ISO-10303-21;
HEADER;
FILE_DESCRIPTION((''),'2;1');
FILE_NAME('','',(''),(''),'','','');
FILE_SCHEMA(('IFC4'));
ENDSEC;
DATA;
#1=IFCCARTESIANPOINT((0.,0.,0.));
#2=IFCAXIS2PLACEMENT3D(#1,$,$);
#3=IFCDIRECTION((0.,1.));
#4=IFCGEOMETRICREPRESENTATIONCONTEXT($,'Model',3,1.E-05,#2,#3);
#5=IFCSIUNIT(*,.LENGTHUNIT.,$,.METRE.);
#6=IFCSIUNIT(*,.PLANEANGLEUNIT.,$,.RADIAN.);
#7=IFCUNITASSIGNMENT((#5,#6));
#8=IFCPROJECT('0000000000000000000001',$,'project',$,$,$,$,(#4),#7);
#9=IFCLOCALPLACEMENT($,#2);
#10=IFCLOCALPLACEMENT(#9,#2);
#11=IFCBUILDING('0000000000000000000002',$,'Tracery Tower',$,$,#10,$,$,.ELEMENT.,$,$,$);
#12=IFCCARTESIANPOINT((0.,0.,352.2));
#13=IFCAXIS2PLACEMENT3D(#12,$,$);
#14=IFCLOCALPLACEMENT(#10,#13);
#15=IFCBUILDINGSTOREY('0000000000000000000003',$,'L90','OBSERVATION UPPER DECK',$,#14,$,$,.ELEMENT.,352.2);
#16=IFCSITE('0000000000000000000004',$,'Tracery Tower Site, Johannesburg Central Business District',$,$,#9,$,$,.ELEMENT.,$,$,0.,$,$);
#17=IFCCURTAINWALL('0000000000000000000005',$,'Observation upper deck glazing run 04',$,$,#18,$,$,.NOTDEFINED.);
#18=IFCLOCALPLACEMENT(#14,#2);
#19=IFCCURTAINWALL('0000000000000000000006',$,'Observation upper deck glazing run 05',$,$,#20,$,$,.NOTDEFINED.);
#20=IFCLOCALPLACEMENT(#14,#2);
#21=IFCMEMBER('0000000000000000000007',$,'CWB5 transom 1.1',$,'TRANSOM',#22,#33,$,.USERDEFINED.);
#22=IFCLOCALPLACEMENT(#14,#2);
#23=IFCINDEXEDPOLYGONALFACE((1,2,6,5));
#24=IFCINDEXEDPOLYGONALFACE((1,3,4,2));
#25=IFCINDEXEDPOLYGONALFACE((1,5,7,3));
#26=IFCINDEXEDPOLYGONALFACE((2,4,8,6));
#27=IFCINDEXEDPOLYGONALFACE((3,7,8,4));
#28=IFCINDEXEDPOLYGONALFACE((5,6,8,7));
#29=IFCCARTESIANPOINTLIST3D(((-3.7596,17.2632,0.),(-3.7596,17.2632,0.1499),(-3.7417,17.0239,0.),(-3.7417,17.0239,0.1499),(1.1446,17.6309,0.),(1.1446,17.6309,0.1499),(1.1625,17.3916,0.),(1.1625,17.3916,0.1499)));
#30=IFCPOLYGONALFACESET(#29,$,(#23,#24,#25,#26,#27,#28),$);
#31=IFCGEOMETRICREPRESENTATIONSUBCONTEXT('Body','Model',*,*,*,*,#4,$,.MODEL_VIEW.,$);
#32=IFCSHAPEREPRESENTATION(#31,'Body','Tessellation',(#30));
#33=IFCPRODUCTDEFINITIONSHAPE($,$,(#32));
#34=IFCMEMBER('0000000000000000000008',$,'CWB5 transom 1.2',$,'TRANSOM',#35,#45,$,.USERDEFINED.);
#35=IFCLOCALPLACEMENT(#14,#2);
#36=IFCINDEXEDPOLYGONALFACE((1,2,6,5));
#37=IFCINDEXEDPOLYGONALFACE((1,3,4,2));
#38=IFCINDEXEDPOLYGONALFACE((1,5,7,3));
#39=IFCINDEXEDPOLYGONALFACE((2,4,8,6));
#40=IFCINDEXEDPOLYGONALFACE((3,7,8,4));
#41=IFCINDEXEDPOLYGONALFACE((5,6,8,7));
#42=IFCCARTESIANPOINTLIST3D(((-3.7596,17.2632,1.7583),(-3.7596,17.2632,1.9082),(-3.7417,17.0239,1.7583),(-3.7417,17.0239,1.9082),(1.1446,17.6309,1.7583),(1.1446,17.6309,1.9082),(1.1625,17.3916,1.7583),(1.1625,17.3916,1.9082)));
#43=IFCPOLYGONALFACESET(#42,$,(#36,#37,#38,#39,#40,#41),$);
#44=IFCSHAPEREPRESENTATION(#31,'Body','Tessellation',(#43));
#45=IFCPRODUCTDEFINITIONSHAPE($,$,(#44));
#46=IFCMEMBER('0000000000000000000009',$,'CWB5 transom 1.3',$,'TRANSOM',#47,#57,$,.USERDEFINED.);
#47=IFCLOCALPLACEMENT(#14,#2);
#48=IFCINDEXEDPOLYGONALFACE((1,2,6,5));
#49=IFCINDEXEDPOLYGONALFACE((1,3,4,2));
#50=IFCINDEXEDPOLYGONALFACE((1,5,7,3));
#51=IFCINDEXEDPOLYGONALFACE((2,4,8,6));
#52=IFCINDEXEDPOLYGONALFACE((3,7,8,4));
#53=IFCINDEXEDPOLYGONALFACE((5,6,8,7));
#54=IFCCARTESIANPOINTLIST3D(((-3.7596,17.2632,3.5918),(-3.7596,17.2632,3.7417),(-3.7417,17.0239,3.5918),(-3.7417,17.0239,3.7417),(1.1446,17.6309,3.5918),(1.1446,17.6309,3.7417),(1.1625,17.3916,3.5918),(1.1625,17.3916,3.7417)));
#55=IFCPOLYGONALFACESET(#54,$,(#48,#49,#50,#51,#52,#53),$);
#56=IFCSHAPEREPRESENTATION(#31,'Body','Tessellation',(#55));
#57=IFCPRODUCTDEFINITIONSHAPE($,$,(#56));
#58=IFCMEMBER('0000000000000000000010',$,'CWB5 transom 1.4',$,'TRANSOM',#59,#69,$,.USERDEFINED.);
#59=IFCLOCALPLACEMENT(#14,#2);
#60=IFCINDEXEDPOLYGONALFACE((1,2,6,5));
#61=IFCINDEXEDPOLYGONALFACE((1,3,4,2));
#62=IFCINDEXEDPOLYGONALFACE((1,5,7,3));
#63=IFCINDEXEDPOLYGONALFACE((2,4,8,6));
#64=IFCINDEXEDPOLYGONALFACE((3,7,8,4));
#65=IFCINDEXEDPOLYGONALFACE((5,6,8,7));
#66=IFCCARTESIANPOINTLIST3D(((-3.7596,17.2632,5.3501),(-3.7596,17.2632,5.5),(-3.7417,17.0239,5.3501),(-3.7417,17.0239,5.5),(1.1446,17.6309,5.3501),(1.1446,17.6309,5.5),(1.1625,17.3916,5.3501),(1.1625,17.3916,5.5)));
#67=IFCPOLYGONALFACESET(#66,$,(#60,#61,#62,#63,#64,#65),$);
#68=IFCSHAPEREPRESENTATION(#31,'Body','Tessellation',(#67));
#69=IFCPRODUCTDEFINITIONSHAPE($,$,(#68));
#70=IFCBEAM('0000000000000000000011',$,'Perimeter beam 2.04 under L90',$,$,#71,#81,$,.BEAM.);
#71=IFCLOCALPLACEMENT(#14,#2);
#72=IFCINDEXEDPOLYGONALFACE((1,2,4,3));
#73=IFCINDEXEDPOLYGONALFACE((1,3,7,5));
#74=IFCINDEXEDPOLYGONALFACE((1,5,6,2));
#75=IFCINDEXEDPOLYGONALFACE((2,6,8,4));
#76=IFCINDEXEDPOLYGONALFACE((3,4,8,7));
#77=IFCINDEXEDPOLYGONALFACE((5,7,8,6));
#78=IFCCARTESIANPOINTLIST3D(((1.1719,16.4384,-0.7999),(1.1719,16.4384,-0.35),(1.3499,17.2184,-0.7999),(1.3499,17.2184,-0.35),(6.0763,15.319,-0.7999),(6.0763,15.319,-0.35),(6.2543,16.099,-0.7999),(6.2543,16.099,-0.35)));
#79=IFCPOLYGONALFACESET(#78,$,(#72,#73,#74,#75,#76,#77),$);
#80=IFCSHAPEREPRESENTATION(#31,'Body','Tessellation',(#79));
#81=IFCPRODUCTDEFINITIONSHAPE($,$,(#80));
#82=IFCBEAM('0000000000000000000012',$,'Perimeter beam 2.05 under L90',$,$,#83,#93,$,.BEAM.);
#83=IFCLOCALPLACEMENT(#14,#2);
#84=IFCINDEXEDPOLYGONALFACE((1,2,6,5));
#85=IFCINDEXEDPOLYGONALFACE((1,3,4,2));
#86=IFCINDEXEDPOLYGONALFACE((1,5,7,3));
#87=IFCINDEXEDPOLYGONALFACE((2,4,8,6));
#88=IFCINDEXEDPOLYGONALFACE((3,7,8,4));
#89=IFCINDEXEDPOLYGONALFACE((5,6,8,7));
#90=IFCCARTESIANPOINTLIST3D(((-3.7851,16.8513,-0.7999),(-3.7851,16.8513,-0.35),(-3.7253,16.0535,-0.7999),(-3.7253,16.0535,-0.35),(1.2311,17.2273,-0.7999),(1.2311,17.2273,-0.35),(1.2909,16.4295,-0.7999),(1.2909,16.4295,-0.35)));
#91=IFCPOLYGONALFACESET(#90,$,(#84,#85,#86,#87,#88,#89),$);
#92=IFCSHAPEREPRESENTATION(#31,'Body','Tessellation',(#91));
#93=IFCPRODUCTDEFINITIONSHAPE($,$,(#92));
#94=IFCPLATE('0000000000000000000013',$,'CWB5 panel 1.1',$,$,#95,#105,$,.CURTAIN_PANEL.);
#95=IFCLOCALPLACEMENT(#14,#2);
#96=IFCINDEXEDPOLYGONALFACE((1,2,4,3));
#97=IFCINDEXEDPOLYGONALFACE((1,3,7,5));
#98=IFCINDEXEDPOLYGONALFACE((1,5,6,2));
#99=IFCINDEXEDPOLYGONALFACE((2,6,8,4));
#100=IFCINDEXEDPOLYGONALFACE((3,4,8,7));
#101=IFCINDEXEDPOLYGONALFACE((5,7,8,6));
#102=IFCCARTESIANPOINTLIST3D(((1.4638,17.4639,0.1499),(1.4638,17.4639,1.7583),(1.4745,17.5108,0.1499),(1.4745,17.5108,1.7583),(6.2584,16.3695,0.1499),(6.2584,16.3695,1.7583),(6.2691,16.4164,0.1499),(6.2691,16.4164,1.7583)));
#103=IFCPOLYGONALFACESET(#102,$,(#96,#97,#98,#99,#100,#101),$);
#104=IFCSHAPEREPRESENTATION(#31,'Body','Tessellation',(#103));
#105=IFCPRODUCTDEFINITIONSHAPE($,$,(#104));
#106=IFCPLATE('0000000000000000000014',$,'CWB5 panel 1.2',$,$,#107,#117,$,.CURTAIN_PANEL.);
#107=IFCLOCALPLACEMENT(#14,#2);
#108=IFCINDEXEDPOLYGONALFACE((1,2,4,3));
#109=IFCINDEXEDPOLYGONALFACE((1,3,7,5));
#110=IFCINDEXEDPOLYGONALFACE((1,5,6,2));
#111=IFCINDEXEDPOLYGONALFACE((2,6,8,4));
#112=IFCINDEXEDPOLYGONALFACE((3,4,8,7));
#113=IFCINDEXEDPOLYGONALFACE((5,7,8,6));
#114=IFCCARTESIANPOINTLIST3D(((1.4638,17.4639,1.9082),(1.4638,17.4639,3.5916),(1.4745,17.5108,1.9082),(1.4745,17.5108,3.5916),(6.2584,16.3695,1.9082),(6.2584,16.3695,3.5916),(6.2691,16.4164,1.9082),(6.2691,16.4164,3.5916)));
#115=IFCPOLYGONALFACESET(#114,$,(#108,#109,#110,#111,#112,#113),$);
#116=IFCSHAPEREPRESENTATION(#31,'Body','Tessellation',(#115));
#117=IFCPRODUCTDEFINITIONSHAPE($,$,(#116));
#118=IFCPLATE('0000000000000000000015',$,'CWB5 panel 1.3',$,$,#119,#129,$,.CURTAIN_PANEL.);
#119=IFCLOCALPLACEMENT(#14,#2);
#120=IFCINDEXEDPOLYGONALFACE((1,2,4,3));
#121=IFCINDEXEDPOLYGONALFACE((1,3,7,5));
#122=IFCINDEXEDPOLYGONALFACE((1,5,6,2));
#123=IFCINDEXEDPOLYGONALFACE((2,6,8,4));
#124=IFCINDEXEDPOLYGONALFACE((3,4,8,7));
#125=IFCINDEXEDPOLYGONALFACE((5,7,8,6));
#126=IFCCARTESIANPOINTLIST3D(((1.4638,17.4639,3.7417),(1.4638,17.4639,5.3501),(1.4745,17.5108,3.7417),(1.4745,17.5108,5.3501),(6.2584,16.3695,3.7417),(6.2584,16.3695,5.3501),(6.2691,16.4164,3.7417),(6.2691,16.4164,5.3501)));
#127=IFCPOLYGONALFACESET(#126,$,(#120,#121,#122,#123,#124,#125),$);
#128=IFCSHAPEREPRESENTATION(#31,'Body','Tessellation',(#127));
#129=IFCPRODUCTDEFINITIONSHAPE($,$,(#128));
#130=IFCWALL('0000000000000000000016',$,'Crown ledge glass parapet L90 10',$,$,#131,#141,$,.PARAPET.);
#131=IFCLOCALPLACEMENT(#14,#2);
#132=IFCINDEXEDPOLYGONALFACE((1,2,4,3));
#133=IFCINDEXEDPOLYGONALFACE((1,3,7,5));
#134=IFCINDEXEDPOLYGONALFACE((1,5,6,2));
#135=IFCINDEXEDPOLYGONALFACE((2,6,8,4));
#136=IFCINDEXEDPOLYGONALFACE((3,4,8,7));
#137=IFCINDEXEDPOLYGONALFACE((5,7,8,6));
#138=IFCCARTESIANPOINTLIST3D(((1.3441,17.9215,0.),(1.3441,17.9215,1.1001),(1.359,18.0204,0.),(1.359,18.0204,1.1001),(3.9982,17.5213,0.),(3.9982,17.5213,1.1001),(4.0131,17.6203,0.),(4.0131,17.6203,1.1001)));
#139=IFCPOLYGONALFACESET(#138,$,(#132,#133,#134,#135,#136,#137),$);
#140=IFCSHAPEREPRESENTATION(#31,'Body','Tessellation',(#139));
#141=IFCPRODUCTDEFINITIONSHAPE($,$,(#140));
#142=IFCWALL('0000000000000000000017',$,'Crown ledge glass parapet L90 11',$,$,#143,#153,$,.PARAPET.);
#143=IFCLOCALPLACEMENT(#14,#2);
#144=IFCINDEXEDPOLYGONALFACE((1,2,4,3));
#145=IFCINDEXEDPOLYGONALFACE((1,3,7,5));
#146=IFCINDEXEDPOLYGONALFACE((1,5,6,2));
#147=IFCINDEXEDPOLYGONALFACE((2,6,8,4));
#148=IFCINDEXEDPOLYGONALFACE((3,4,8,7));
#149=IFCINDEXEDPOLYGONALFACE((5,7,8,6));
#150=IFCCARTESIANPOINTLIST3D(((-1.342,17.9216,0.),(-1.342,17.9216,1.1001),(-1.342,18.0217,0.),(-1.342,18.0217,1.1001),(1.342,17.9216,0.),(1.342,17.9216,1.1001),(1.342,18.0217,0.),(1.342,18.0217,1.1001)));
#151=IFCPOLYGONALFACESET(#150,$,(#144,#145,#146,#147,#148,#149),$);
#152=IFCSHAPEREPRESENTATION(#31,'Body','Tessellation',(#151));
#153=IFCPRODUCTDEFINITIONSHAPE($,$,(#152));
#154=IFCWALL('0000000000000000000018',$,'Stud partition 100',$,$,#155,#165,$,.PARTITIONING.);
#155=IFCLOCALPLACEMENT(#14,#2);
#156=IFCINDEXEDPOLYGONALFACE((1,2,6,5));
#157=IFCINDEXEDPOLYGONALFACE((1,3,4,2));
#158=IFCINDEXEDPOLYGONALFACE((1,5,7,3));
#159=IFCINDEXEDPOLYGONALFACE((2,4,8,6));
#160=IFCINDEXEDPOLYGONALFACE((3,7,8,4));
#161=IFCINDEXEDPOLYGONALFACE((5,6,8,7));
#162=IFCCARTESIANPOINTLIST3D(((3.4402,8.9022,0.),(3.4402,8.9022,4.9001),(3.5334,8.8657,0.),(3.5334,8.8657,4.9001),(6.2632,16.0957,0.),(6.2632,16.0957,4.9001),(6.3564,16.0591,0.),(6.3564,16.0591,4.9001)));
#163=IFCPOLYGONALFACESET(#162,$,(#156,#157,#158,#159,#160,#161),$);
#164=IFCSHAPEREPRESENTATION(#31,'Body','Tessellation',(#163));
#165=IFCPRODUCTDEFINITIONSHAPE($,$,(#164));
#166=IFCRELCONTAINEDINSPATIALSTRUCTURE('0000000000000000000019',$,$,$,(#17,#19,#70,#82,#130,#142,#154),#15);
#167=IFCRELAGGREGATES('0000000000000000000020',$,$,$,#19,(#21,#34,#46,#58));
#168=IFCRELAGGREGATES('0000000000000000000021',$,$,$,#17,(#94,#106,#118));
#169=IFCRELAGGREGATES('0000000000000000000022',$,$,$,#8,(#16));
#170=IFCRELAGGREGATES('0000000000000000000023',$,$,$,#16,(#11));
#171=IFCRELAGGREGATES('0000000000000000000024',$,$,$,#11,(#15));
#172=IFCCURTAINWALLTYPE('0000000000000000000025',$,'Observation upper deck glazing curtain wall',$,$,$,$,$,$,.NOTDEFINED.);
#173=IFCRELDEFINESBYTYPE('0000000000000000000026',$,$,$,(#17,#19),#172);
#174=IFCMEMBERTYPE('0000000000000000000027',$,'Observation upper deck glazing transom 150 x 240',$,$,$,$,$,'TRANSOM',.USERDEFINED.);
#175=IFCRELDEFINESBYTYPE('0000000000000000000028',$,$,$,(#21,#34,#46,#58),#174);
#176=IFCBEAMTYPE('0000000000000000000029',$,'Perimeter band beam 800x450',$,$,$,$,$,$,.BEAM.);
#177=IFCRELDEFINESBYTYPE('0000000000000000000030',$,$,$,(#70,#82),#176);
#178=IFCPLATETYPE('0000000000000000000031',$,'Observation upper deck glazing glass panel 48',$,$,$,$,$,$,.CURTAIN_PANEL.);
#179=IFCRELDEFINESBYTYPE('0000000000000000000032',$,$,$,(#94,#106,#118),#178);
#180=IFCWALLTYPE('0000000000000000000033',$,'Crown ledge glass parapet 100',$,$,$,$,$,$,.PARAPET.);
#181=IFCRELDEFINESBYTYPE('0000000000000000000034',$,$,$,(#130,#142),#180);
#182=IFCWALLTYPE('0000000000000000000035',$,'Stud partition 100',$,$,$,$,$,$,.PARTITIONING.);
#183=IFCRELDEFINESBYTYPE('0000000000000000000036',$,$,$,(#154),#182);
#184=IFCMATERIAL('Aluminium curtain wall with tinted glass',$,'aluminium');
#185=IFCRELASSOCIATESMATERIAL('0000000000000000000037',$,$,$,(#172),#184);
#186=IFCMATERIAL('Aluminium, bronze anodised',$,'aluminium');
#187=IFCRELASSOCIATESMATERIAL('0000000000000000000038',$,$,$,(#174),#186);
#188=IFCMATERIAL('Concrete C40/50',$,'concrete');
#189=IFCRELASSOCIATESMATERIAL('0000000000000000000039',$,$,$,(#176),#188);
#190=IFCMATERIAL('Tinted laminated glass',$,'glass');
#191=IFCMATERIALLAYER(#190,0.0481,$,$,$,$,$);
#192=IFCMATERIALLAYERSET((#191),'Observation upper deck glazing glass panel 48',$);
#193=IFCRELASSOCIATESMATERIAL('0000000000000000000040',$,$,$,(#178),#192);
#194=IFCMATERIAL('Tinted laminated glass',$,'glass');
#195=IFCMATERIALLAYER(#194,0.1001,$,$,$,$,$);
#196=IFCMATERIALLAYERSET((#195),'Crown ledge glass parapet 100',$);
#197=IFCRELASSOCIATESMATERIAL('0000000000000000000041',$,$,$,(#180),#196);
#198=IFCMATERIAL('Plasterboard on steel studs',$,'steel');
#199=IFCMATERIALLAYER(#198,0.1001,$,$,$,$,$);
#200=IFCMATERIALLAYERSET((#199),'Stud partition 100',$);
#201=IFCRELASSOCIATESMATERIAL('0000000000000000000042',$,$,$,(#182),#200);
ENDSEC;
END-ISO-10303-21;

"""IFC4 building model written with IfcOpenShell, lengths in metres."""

from ifc_helpers import new_model, si_unit, direction, frame, frame_2d, origin, origin_2d, place, context, subcontext, project, spatial, rectangle, extrude, material, layer, layer_set, material_profile, profile_set, type_object, element, aggregate, save


model = new_model("IFC4")

# Units and contexts
model_context = context("Model", 3, precision=1e-05, world=origin(), true_north=direction((0.0, 1.0)))
body_context = subcontext(model_context, "Body", "Model", "MODEL_VIEW")
ifc_project = project(units=[si_unit("LENGTHUNIT", "METRE"), si_unit("PLANEANGLEUNIT", "RADIAN")], contexts=[model_context])

# Site, building, storey
site_placement = place(None, origin())
site = spatial("IfcSite", under=ifc_project, at=site_placement, Name="Tracery Tower Site, Johannesburg Central Business District", CompositionType="ELEMENT", RefElevation=0.0)
building_placement = place(site_placement, origin())
building = spatial("IfcBuilding", under=site, at=building_placement, Name="Tracery Tower", CompositionType="ELEMENT")
storey_placement = place(building_placement, frame((0.0, 0.0, 352.2)))
storey = spatial("IfcBuildingStorey", under=building, at=storey_placement, Name="L90", Description="OBSERVATION UPPER DECK", CompositionType="ELEMENT", Elevation=352.2)

# Shared definitions
ifc_material_1 = material(Name="Aluminium curtain wall with tinted glass", Category="aluminium")
curtain_wall_type = type_object("IfcCurtainWallType", Name="Observation upper deck glazing curtain wall", PredefinedType="NOTDEFINED", material=ifc_material_1)

# Curtain wall
curtain_wall_1_placement = place(storey_placement, origin())
curtain_wall_1 = element("IfcCurtainWall", 1, at=curtain_wall_1_placement, inside=storey, type_object=curtain_wall_type, Name="Observation upper deck glazing run 04", PredefinedType="NOTDEFINED")

# Curtain wall
curtain_wall_2_placement = place(storey_placement, origin())
curtain_wall_2 = element("IfcCurtainWall", 2, at=curtain_wall_2_placement, inside=storey, type_object=curtain_wall_type, Name="Observation upper deck glazing run 05", PredefinedType="NOTDEFINED")

# Members
ifc_material_2 = material(Name="Aluminium, bronze anodised", Category="aluminium")
ifc_material_profile_1 = material_profile(ifc_material_2, rectangle(XDim=0.24, YDim=0.1499, at=origin_2d()), Name="Observation upper deck glazing transom 150 x 240")
ifc_profile_set_1 = profile_set([ifc_material_profile_1], Name="Aluminium, bronze anodised")
member_type_1 = type_object("IfcMemberType", Name="Observation upper deck glazing transom 150 x 240", ElementType="TRANSOM", PredefinedType="USERDEFINED", material=ifc_profile_set_1)
member_1_placement = place(storey_placement, frame((1.1536, 17.5112, 0.075), z_axis=(-0.997202, -0.07476, 0.0), x_axis=(0.07476, -0.997202, 0.0)))
member_1 = element("IfcMember", 3, at=member_1_placement, type_object=member_type_1, Name="CWB5 transom 1.1", ObjectType="TRANSOM", PredefinedType="USERDEFINED", context=body_context, shape_type="SweptSolid", body=[
    extrude(rectangle(XDim=0.24, YDim=0.1499, at=origin_2d()), origin(), (0.0, 0.0, 1.0), 4.918),
])
member_2_placement = place(storey_placement, frame((1.1536, 17.5112, 1.8333), z_axis=(-0.997202, -0.07476, 0.0), x_axis=(0.07476, -0.997202, 0.0)))
member_2 = element("IfcMember", 4, at=member_2_placement, type_object=member_type_1, Name="CWB5 transom 1.2", ObjectType="TRANSOM", PredefinedType="USERDEFINED", context=body_context, shape_type="SweptSolid", body=[
    extrude(rectangle(XDim=0.24, YDim=0.1499, at=origin_2d()), origin(), (0.0, 0.0, 1.0), 4.918),
])
member_3_placement = place(storey_placement, frame((1.1536, 17.5112, 3.6667), z_axis=(-0.997202, -0.07476, 0.0), x_axis=(0.07476, -0.997202, 0.0)))
member_3 = element("IfcMember", 5, at=member_3_placement, type_object=member_type_1, Name="CWB5 transom 1.3", ObjectType="TRANSOM", PredefinedType="USERDEFINED", context=body_context, shape_type="SweptSolid", body=[
    extrude(rectangle(XDim=0.24, YDim=0.1499, at=origin_2d()), origin(), (0.0, 0.0, 1.0), 4.918),
])
member_4_placement = place(storey_placement, frame((1.1536, 17.5112, 5.425), z_axis=(-0.997202, -0.07476, 0.0), x_axis=(0.07476, -0.997202, 0.0)))
member_4 = element("IfcMember", 6, at=member_4_placement, type_object=member_type_1, Name="CWB5 transom 1.4", ObjectType="TRANSOM", PredefinedType="USERDEFINED", context=body_context, shape_type="SweptSolid", body=[
    extrude(rectangle(XDim=0.24, YDim=0.1499, at=origin_2d()), origin(), (0.0, 0.0, 1.0), 4.918),
])
aggregate(curtain_wall_2, [member_1, member_2, member_3, member_4])

# Beams
ifc_material_3 = material(Name="Concrete C40/50", Category="concrete")
ifc_material_profile_2 = material_profile(ifc_material_3, rectangle(XDim=0.8, YDim=0.45, at=origin_2d()), Name="RC 800x450")
ifc_profile_set_2 = profile_set([ifc_material_profile_2], Name="Concrete C40/50")
beam_type = type_object("IfcBeamType", Name="Perimeter band beam 800x450", PredefinedType="BEAM", material=ifc_profile_set_2)
beam_1_placement = place(storey_placement, frame((6.1653, 15.709, -0.575), z_axis=(-0.974927, 0.222523, 0.0), x_axis=(-0.222523, -0.974927, 0.0)))
element("IfcBeam", 7, at=beam_1_placement, inside=storey, type_object=beam_type, Name="Perimeter beam 2.04 under L90", PredefinedType="BEAM", context=body_context, shape_type="SweptSolid", body=[
    extrude(rectangle(XDim=0.8, YDim=0.45, at=origin_2d()), origin(), (0.0, 0.0, 1.0), 5.0305),
])
beam_2_placement = place(storey_placement, frame((1.261, 16.8284, -0.575), z_axis=(-0.997203, -0.074744, 0.0), x_axis=(0.074744, -0.997203, 0.0)))
element("IfcBeam", 8, at=beam_2_placement, inside=storey, type_object=beam_type, Name="Perimeter beam 2.05 under L90", PredefinedType="BEAM", context=body_context, shape_type="SweptSolid", body=[
    extrude(rectangle(XDim=0.8, YDim=0.45, at=origin_2d()), origin(), (0.0, 0.0, 1.0), 5.0303),
])

# Plates
ifc_material_4 = material(Name="Tinted laminated glass", Category="glass")
ifc_layer_1 = layer(ifc_material_4, 0.0481)
ifc_layer_set_1 = layer_set([ifc_layer_1], Name="Observation upper deck glazing glass panel 48")
plate_type = type_object("IfcPlateType", Name="Observation upper deck glazing glass panel 48", PredefinedType="CURTAIN_PANEL", material=ifc_layer_set_1)
plate_1_placement = place(storey_placement, frame((3.8665, 16.9402, 0.1499), z_axis=(0.0, 0.0, 1.0), x_axis=(-0.974926, 0.222531, 0.0)))
plate_1 = element("IfcPlate", 9, at=plate_1_placement, type_object=plate_type, Name="CWB5 panel 1.1", PredefinedType="CURTAIN_PANEL", context=body_context, shape_type="SweptSolid", body=[
    extrude(rectangle(XDim=4.918, YDim=0.0481, at=origin_2d()), origin(), (0.0, 0.0, 1.0), 1.6084),
])
plate_2_placement = place(storey_placement, frame((3.8665, 16.9402, 1.9082), z_axis=(0.0, 0.0, 1.0), x_axis=(-0.974926, 0.222531, 0.0)))
plate_2 = element("IfcPlate", 10, at=plate_2_placement, type_object=plate_type, Name="CWB5 panel 1.2", PredefinedType="CURTAIN_PANEL", context=body_context, shape_type="SweptSolid", body=[
    extrude(rectangle(XDim=4.918, YDim=0.0481, at=origin_2d()), origin(), (0.0, 0.0, 1.0), 1.6833),
])
plate_3_placement = place(storey_placement, frame((3.8665, 16.9402, 3.7417), z_axis=(0.0, 0.0, 1.0), x_axis=(-0.974926, 0.222531, 0.0)))
plate_3 = element("IfcPlate", 11, at=plate_3_placement, type_object=plate_type, Name="CWB5 panel 1.3", PredefinedType="CURTAIN_PANEL", context=body_context, shape_type="SweptSolid", body=[
    extrude(rectangle(XDim=4.918, YDim=0.0481, at=origin_2d()), origin(), (0.0, 0.0, 1.0), 1.6084),
])
aggregate(curtain_wall_1, [plate_1, plate_2, plate_3])

# Walls
ifc_material_5 = material(Name="Tinted laminated glass", Category="glass")
ifc_layer_2 = layer(ifc_material_5, 0.1001)
ifc_layer_set_2 = layer_set([ifc_layer_2], Name="Crown ledge glass parapet 100")
wall_type_1 = type_object("IfcWallType", Name="Crown ledge glass parapet 100", PredefinedType="PARAPET", material=ifc_layer_set_2)
for number, where, z_axis, x_axis, name in (
    (12, (4.0056, 17.5708, 0.0), (0.0, 0.0, 1.0), (-0.988825, 0.149083, 0.0), "Crown ledge glass parapet L90 10"),
    (13, (1.342, 17.9717, 0.0), (0.0, 0.0, 1.0), (-1.0, 0.0, 0.0), "Crown ledge glass parapet L90 11"),
):
    element("IfcWall", number, at=place(storey_placement, frame(where, z_axis=z_axis, x_axis=x_axis)), inside=storey, type_object=wall_type_1, Name=name, PredefinedType="PARAPET", context=body_context, shape_type="SweptSolid", body=[
        extrude(rectangle(XDim=2.6841, YDim=0.1001, at=frame_2d((1.342, 0.0))), origin(), (0.0, 0.0, 1.0), 1.1001),
    ])
ifc_material_6 = material(Name="Plasterboard on steel studs", Category="steel")
ifc_layer_3 = layer(ifc_material_6, 0.1001)
ifc_layer_set_3 = layer_set([ifc_layer_3], Name="Stud partition 100")
wall_type_2 = type_object("IfcWallType", Name="Stud partition 100", PredefinedType="PARTITIONING", material=ifc_layer_set_3)
wall_placement = place(storey_placement, frame((6.3098, 16.0774, 0.0), z_axis=(0.0, 0.0, 1.0), x_axis=(-0.36532, -0.930882, 0.0)))
element("IfcWall", 14, at=wall_placement, inside=storey, type_object=wall_type_2, Name="Stud partition 100", PredefinedType="PARTITIONING", context=body_context, shape_type="SweptSolid", body=[
    extrude(rectangle(XDim=7.7275, YDim=0.1001, at=frame_2d((3.8638, 0.0))), origin(), (0.0, 0.0, 1.0), 4.9001),
])

save(model, "model.ifc")
